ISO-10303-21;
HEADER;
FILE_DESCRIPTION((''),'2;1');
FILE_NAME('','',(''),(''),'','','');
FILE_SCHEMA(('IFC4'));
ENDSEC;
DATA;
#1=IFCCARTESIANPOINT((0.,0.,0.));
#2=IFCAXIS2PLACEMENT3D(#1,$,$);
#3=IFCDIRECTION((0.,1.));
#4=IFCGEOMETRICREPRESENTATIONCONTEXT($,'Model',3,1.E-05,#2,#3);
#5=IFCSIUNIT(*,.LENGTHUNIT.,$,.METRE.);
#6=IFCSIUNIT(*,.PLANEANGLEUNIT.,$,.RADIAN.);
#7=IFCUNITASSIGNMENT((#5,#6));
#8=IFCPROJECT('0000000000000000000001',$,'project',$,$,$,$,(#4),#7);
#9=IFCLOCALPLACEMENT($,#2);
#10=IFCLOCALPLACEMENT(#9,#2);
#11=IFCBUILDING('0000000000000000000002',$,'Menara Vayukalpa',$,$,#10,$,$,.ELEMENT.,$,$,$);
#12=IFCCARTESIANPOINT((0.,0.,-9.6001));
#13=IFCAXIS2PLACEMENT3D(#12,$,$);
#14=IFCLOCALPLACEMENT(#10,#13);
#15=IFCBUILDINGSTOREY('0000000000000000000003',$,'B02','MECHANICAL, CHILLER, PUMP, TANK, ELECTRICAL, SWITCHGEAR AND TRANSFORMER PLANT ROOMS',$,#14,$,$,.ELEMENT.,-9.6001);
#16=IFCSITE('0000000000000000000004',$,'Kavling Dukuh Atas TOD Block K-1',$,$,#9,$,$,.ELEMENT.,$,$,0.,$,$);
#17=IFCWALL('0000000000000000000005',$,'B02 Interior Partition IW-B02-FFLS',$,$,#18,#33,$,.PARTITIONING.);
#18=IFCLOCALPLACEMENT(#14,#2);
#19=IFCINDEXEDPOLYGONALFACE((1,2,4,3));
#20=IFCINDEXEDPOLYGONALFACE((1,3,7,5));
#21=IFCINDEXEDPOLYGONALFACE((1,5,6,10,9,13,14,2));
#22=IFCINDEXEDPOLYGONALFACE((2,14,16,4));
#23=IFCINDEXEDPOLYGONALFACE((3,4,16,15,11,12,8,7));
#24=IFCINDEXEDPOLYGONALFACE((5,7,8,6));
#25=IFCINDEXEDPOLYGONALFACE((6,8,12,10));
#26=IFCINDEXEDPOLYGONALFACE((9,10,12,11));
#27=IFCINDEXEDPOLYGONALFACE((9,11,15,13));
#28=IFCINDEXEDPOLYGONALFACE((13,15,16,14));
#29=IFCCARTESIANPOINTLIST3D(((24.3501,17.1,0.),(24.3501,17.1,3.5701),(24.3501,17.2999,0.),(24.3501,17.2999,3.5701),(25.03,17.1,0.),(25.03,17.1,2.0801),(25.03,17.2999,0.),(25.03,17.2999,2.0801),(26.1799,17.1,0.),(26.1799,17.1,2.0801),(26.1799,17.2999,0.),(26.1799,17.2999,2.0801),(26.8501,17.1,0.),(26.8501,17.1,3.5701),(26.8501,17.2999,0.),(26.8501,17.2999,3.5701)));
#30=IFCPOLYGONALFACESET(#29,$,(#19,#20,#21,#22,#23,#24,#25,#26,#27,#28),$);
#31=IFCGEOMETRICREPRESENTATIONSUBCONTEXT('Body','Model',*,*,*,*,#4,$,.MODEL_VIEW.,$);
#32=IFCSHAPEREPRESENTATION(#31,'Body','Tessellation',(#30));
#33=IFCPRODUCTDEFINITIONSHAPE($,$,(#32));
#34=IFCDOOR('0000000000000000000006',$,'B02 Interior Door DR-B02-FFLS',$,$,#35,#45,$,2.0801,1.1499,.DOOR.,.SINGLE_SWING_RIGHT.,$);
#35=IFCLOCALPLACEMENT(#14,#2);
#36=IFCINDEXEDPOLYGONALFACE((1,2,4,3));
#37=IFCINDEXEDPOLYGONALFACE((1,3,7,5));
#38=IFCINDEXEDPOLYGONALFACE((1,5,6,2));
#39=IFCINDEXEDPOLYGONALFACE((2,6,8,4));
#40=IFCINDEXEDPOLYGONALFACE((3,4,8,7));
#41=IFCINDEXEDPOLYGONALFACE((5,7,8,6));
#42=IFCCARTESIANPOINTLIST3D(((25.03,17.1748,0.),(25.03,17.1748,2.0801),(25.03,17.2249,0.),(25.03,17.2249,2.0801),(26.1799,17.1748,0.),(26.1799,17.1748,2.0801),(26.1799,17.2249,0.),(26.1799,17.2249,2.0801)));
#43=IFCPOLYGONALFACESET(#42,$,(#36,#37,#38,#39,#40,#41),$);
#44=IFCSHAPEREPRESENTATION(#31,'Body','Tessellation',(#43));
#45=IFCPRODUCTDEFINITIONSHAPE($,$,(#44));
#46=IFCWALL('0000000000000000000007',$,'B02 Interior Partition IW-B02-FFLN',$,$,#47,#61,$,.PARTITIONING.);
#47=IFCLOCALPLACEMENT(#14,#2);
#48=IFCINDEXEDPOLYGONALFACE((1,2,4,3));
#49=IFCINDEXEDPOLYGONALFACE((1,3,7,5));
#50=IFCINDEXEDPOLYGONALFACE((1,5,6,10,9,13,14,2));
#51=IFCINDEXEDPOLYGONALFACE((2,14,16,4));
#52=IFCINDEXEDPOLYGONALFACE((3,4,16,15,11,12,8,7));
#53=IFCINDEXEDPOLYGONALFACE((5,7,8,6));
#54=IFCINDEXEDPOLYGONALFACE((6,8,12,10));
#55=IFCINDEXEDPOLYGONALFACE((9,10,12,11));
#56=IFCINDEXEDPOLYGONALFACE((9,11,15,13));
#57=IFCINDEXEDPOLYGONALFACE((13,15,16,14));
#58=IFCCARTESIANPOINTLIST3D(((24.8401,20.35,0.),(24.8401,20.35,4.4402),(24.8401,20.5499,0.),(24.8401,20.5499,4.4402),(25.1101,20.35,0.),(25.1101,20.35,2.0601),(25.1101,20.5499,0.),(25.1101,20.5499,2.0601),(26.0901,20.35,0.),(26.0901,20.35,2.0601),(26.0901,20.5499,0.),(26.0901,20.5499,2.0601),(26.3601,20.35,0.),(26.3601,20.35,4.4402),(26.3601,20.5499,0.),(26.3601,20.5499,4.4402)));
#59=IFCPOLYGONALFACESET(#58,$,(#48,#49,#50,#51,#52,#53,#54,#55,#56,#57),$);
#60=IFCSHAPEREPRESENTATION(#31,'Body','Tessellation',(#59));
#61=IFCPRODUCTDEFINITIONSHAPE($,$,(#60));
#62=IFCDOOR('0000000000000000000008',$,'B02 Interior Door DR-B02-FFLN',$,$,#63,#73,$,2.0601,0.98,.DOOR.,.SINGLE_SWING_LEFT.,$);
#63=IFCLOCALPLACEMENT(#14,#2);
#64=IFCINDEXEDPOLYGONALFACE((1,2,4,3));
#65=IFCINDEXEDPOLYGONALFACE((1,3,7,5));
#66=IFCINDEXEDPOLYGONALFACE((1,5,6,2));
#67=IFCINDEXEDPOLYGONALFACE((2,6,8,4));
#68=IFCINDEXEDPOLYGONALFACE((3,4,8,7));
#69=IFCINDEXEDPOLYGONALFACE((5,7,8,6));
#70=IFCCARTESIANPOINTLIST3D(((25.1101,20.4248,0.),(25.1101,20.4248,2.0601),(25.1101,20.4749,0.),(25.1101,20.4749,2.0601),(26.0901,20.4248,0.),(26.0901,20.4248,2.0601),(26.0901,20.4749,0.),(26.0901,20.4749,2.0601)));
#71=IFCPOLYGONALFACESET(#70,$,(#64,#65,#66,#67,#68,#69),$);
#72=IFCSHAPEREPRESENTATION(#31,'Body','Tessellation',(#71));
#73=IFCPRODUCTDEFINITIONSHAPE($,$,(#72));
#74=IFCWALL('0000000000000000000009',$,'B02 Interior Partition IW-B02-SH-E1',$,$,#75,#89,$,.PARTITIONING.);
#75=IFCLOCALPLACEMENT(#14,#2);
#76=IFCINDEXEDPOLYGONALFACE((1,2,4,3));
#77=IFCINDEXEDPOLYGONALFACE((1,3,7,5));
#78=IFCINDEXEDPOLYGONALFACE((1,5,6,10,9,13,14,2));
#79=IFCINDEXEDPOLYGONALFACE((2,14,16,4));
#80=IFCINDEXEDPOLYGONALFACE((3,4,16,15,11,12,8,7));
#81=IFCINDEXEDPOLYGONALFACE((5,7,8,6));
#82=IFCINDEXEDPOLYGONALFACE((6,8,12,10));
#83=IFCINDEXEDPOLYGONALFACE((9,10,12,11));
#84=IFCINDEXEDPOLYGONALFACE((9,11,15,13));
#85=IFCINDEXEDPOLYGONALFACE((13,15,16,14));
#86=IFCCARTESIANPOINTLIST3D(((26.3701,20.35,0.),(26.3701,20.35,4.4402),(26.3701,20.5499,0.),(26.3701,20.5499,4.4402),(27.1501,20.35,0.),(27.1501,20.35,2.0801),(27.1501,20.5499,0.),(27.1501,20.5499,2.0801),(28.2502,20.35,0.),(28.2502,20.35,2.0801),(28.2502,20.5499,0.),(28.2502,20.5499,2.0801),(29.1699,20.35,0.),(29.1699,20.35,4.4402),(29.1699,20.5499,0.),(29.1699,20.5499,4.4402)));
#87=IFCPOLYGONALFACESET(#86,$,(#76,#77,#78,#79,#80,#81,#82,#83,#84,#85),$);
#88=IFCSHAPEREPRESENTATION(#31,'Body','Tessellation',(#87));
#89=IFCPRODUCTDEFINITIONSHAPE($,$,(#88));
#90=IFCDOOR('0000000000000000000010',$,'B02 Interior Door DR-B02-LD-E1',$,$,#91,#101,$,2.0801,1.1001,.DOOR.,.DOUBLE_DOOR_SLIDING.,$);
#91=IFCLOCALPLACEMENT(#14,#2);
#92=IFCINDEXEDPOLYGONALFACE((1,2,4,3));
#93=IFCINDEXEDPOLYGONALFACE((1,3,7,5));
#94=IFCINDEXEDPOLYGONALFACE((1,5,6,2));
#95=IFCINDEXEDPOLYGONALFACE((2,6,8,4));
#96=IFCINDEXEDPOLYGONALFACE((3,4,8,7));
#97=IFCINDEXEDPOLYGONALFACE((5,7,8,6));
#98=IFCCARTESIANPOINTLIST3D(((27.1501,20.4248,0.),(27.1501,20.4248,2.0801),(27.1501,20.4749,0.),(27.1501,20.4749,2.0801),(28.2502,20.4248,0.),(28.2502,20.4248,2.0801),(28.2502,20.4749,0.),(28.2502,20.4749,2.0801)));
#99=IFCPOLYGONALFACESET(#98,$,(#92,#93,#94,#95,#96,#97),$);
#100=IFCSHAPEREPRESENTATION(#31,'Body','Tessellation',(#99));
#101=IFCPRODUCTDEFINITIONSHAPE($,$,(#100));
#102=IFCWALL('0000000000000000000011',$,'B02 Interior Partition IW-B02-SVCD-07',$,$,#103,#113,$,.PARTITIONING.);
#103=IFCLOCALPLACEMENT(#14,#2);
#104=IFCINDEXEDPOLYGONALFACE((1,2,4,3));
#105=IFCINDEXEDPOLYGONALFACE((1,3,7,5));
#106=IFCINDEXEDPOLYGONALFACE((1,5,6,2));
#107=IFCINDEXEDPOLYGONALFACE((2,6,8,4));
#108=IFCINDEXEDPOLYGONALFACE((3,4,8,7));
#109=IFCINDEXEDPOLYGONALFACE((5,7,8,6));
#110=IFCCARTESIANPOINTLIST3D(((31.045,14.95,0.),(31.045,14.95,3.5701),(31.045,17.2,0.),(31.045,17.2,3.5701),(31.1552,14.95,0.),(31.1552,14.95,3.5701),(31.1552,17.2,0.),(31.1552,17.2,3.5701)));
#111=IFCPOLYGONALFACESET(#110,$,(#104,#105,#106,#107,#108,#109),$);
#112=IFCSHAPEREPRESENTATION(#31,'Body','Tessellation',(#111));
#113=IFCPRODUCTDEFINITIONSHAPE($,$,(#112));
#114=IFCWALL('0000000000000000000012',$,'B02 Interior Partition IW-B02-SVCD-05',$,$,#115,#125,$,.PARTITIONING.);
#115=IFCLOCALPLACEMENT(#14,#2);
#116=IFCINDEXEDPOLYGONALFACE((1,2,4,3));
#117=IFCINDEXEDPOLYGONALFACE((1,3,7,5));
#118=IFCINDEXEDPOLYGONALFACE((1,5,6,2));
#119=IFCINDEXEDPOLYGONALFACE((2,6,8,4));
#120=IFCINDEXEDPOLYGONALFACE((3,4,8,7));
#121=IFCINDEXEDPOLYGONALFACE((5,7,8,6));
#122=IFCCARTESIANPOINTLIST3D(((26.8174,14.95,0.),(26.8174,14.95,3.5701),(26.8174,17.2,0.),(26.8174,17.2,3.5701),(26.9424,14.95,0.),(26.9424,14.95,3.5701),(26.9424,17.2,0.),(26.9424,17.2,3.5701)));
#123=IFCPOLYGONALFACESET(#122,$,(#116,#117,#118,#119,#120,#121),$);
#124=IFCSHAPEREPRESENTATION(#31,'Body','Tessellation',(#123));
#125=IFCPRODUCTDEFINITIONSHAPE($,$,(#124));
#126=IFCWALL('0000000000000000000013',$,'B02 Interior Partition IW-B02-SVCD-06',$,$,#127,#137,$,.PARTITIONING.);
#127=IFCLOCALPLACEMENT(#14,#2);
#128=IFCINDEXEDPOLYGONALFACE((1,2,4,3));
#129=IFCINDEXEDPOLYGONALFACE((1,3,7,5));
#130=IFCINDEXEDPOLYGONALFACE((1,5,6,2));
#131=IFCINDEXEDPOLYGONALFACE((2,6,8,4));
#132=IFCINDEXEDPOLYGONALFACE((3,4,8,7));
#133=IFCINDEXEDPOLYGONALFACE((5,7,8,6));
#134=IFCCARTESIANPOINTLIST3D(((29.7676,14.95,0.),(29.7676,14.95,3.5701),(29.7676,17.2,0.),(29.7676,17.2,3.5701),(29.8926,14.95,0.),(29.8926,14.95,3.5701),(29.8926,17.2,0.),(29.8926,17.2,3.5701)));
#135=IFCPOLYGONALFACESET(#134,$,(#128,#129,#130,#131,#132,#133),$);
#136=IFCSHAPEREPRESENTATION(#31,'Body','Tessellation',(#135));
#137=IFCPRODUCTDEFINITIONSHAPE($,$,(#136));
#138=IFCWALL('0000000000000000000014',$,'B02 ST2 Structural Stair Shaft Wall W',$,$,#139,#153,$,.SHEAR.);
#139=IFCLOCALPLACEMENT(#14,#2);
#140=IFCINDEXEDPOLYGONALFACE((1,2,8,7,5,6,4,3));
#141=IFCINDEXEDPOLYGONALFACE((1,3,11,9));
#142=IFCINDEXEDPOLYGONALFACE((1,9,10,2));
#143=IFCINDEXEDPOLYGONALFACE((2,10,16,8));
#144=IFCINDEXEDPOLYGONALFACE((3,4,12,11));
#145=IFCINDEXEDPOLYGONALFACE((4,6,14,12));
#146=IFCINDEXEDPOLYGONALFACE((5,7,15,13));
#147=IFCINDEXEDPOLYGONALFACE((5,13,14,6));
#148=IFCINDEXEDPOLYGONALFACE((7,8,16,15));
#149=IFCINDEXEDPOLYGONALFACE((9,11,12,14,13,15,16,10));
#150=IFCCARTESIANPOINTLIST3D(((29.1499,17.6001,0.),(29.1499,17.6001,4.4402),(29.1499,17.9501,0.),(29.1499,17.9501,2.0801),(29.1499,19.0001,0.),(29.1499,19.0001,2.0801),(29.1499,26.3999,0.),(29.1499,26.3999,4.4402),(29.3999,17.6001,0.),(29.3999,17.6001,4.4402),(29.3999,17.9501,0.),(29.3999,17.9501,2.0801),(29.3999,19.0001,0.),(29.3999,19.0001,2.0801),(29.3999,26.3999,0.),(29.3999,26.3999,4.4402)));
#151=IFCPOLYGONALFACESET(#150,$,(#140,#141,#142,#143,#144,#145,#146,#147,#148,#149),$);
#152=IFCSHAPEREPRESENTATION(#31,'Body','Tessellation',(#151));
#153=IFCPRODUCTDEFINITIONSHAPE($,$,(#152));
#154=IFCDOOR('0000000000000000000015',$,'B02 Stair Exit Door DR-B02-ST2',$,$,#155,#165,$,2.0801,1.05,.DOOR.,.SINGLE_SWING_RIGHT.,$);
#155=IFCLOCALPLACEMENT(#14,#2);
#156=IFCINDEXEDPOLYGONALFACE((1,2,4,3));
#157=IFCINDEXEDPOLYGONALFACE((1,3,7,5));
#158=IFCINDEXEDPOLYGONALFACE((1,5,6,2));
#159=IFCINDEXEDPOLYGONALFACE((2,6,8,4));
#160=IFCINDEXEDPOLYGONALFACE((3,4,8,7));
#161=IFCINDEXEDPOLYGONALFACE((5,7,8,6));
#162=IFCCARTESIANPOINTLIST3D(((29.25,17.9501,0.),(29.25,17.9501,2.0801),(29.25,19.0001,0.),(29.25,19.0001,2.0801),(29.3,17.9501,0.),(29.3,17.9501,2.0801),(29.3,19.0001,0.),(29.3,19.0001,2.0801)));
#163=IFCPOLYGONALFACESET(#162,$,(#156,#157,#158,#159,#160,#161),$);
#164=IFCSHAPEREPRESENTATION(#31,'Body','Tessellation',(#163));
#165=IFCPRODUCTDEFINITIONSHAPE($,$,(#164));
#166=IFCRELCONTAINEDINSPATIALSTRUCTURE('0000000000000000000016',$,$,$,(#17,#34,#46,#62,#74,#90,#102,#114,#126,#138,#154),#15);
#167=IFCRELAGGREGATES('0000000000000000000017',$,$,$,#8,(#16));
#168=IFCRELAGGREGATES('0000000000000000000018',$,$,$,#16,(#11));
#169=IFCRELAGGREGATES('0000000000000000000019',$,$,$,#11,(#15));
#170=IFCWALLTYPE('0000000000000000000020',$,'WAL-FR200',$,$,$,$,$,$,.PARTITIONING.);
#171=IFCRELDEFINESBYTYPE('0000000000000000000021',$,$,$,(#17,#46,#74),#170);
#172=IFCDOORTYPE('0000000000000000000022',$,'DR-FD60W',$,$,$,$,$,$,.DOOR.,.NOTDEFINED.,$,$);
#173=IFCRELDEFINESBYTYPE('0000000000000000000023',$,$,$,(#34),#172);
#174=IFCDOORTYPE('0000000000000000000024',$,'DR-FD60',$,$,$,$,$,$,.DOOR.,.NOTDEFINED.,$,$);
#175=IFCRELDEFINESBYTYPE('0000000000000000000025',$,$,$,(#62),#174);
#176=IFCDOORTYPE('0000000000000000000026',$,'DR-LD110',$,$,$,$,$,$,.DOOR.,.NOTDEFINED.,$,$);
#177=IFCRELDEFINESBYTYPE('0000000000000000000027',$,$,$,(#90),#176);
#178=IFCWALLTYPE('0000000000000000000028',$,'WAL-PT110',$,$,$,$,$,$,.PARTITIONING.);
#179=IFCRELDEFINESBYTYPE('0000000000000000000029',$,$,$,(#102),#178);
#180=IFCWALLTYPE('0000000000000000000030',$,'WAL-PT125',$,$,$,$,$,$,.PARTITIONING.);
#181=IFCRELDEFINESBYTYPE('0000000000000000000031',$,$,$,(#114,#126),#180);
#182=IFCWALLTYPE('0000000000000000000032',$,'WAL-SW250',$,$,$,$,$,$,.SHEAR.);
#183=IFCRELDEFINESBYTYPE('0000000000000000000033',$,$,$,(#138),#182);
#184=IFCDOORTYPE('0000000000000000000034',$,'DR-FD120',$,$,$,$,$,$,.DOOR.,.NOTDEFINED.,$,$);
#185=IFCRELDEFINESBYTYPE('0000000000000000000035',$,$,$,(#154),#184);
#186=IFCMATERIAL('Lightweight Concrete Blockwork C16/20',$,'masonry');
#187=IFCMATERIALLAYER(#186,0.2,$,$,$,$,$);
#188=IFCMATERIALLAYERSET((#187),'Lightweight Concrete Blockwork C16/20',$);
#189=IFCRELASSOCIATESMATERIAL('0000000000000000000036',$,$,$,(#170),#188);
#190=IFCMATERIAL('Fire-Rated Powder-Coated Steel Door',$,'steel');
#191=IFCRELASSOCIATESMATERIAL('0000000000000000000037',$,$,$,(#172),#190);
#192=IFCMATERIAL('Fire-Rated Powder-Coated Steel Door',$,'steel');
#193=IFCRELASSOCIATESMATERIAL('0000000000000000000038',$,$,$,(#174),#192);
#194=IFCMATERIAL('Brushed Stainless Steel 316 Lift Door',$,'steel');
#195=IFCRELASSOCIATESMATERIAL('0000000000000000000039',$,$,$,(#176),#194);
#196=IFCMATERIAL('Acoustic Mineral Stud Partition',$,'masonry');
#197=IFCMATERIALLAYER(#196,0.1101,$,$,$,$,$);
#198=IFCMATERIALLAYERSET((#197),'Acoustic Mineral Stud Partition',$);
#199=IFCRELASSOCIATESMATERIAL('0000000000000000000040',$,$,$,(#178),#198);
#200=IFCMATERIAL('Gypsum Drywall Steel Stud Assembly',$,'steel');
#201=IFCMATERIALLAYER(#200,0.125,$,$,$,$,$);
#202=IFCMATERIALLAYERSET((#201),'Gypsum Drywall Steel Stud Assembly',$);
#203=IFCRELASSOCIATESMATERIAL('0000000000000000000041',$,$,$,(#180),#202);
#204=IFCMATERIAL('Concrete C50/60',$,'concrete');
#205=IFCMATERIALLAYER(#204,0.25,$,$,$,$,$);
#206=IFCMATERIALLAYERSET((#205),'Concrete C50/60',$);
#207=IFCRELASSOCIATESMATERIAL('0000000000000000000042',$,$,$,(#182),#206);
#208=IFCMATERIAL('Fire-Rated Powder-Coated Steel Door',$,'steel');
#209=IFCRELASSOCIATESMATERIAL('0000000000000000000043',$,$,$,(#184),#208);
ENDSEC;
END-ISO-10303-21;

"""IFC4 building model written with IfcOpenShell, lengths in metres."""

from ifc_helpers import new_model, si_unit, direction, frame, frame_2d, origin, place, context, subcontext, project, spatial, rectangle, extrude, material, layer, layer_set, type_object, element, fill, save


model = new_model("IFC4")

# Units and contexts
model_context = context("Model", 3, precision=1e-05, world=origin(), true_north=direction((0.0, 1.0)))
body_context = subcontext(model_context, "Body", "Model", "MODEL_VIEW")
ifc_project = project(units=[si_unit("LENGTHUNIT", "METRE"), si_unit("PLANEANGLEUNIT", "RADIAN")], contexts=[model_context])

# Site, building, storey
site_placement = place(None, origin())
site = spatial("IfcSite", under=ifc_project, at=site_placement, Name="Kavling Dukuh Atas TOD Block K-1", CompositionType="ELEMENT", RefElevation=0.0)
building_placement = place(site_placement, origin())
building = spatial("IfcBuilding", under=site, at=building_placement, Name="Menara Vayukalpa", CompositionType="ELEMENT")
storey_placement = place(building_placement, frame((0.0, 0.0, -9.6001)))
storey = spatial("IfcBuildingStorey", under=building, at=storey_placement, Name="B02", Description="MECHANICAL, CHILLER, PUMP, TANK, ELECTRICAL, SWITCHGEAR AND TRANSFORMER PLANT ROOMS", CompositionType="ELEMENT", Elevation=-9.6001)

# Walls, openings, doors
ifc_material_1 = material(Name="Lightweight Concrete Blockwork C16/20", Category="masonry")
ifc_layer_1 = layer(ifc_material_1, 0.2)
ifc_layer_set_1 = layer_set([ifc_layer_1], Name="Lightweight Concrete Blockwork C16/20")
wall_type_1 = type_object("IfcWallType", Name="WAL-FR200", PredefinedType="PARTITIONING", material=ifc_layer_set_1)
wall_1_placement = place(storey_placement, frame((24.3501, 17.2, 0.0), z_axis=(0.0, 0.0, 1.0), x_axis=(1.0, 0.0, 0.0)))
wall_1 = element("IfcWall", 1, at=wall_1_placement, inside=storey, type_object=wall_type_1, Name="B02 Interior Partition IW-B02-FFLS", PredefinedType="PARTITIONING", context=body_context, shape_type="SweptSolid", body=[
    extrude(rectangle(XDim=2.5, YDim=0.2, at=frame_2d((1.25, 0.0))), origin(), (0.0, 0.0, 1.0), 3.5701),
])
opening_1_placement = place(wall_1_placement, frame((0.6799, 0.0, 0.0)))
opening_1 = element("IfcOpeningElement", 2, at=opening_1_placement, cuts=wall_1, PredefinedType="OPENING", context=body_context, shape_type="SweptSolid", body=[
    extrude(rectangle(XDim=1.1499, YDim=2.0801, at=frame_2d((0.575, 1.04))), frame((0.0, 0.1099, 0.0), z_axis=(0.0, -1.0, 0.0), x_axis=(1.0, 0.0, 0.0)), (0.0, 0.0, 1.0), 0.22),
])
ifc_material_2 = material(Name="Fire-Rated Powder-Coated Steel Door", Category="steel")
door_type_1 = type_object("IfcDoorType", Name="DR-FD60W", OperationType="NOTDEFINED", PredefinedType="DOOR", material=ifc_material_2)
door_1_placement = place(opening_1_placement, origin())
door_1 = element("IfcDoor", 3, at=door_1_placement, inside=storey, type_object=door_type_1, Name="B02 Interior Door DR-B02-FFLS", OperationType="SINGLE_SWING_RIGHT", OverallHeight=2.0801, OverallWidth=1.1499, PredefinedType="DOOR", context=body_context, shape_type="SweptSolid", body=[
    extrude(rectangle(XDim=1.1499, YDim=2.0801, at=frame_2d((0.575, 1.04))), frame((0.0, 0.0249, 0.0), z_axis=(0.0, -1.0, 0.0), x_axis=(1.0, 0.0, 0.0)), (0.0, 0.0, 1.0), 0.05),
])
fill(opening_1, door_1)
wall_2_placement = place(storey_placement, frame((24.8401, 20.45, 0.0), z_axis=(0.0, 0.0, 1.0), x_axis=(1.0, 0.0, 0.0)))
wall_2 = element("IfcWall", 4, at=wall_2_placement, inside=storey, type_object=wall_type_1, Name="B02 Interior Partition IW-B02-FFLN", PredefinedType="PARTITIONING", context=body_context, shape_type="SweptSolid", body=[
    extrude(rectangle(XDim=1.52, YDim=0.2, at=frame_2d((0.76, 0.0))), origin(), (0.0, 0.0, 1.0), 4.4402),
])
opening_2_placement = place(wall_2_placement, frame((0.27, 0.0, 0.0)))
opening_2 = element("IfcOpeningElement", 5, at=opening_2_placement, cuts=wall_2, PredefinedType="OPENING", context=body_context, shape_type="SweptSolid", body=[
    extrude(rectangle(XDim=0.98, YDim=2.0601, at=frame_2d((0.49, 1.03))), frame((0.0, 0.1099, 0.0), z_axis=(0.0, -1.0, 0.0), x_axis=(1.0, 0.0, 0.0)), (0.0, 0.0, 1.0), 0.22),
])
ifc_material_3 = material(Name="Fire-Rated Powder-Coated Steel Door", Category="steel")
door_type_2 = type_object("IfcDoorType", Name="DR-FD60", OperationType="NOTDEFINED", PredefinedType="DOOR", material=ifc_material_3)
door_2_placement = place(opening_2_placement, origin())
door_2 = element("IfcDoor", 6, at=door_2_placement, inside=storey, type_object=door_type_2, Name="B02 Interior Door DR-B02-FFLN", OperationType="SINGLE_SWING_LEFT", OverallHeight=2.0601, OverallWidth=0.98, PredefinedType="DOOR", context=body_context, shape_type="SweptSolid", body=[
    extrude(rectangle(XDim=0.98, YDim=2.0601, at=frame_2d((0.49, 1.03))), frame((0.0, 0.0249, 0.0), z_axis=(0.0, -1.0, 0.0), x_axis=(1.0, 0.0, 0.0)), (0.0, 0.0, 1.0), 0.05),
])
fill(opening_2, door_2)
wall_3_placement = place(storey_placement, frame((26.3701, 20.45, 0.0), z_axis=(0.0, 0.0, 1.0), x_axis=(1.0, 0.0, 0.0)))
wall_3 = element("IfcWall", 7, at=wall_3_placement, inside=storey, type_object=wall_type_1, Name="B02 Interior Partition IW-B02-SH-E1", PredefinedType="PARTITIONING", context=body_context, shape_type="SweptSolid", body=[
    extrude(rectangle(XDim=2.7998, YDim=0.2, at=frame_2d((1.3999, 0.0))), origin(), (0.0, 0.0, 1.0), 4.4402),
])
opening_3_placement = place(wall_3_placement, frame((0.78, 0.0, 0.0)))
opening_3 = element("IfcOpeningElement", 8, at=opening_3_placement, cuts=wall_3, PredefinedType="OPENING", context=body_context, shape_type="SweptSolid", body=[
    extrude(rectangle(XDim=1.1001, YDim=2.0801, at=frame_2d((0.55, 1.04))), frame((0.0, 0.1099, 0.0), z_axis=(0.0, -1.0, 0.0), x_axis=(1.0, 0.0, 0.0)), (0.0, 0.0, 1.0), 0.22),
])
ifc_material_4 = material(Name="Brushed Stainless Steel 316 Lift Door", Category="steel")
door_type_3 = type_object("IfcDoorType", Name="DR-LD110", OperationType="NOTDEFINED", PredefinedType="DOOR", material=ifc_material_4)
door_3_placement = place(opening_3_placement, origin())
door_3 = element("IfcDoor", 9, at=door_3_placement, inside=storey, type_object=door_type_3, Name="B02 Interior Door DR-B02-LD-E1", OperationType="DOUBLE_DOOR_SLIDING", OverallHeight=2.0801, OverallWidth=1.1001, PredefinedType="DOOR", context=body_context, shape_type="SweptSolid", body=[
    extrude(rectangle(XDim=1.1001, YDim=2.0801, at=frame_2d((0.55, 1.04))), frame((0.0, 0.0249, 0.0), z_axis=(0.0, -1.0, 0.0), x_axis=(1.0, 0.0, 0.0)), (0.0, 0.0, 1.0), 0.05),
])
fill(opening_3, door_3)

# Walls
ifc_material_5 = material(Name="Acoustic Mineral Stud Partition", Category="masonry")
ifc_layer_2 = layer(ifc_material_5, 0.1101)
ifc_layer_set_2 = layer_set([ifc_layer_2], Name="Acoustic Mineral Stud Partition")
wall_type_2 = type_object("IfcWallType", Name="WAL-PT110", PredefinedType="PARTITIONING", material=ifc_layer_set_2)
wall_4_placement = place(storey_placement, frame((31.1001, 14.95, 0.0), z_axis=(0.0, 0.0, 1.0), x_axis=(0.0, 1.0, 0.0)))
element("IfcWall", 10, at=wall_4_placement, inside=storey, type_object=wall_type_2, Name="B02 Interior Partition IW-B02-SVCD-07", PredefinedType="PARTITIONING", context=body_context, shape_type="SweptSolid", body=[
    extrude(rectangle(XDim=2.25, YDim=0.1101, at=frame_2d((1.125, 0.0))), origin(), (0.0, 0.0, 1.0), 3.5701),
])
ifc_material_6 = material(Name="Gypsum Drywall Steel Stud Assembly", Category="steel")
ifc_layer_3 = layer(ifc_material_6, 0.125)
ifc_layer_set_3 = layer_set([ifc_layer_3], Name="Gypsum Drywall Steel Stud Assembly")
wall_type_3 = type_object("IfcWallType", Name="WAL-PT125", PredefinedType="PARTITIONING", material=ifc_layer_set_3)
for number, where, z_axis, x_axis, name in (
    (11, (26.8799, 14.95, 0.0), (0.0, 0.0, 1.0), (0.0, 1.0, 0.0), "B02 Interior Partition IW-B02-SVCD-05"),
    (12, (29.8301, 14.95, 0.0), (0.0, 0.0, 1.0), (0.0, 1.0, 0.0), "B02 Interior Partition IW-B02-SVCD-06"),
):
    element("IfcWall", number, at=place(storey_placement, frame(where, z_axis=z_axis, x_axis=x_axis)), inside=storey, type_object=wall_type_3, Name=name, PredefinedType="PARTITIONING", context=body_context, shape_type="SweptSolid", body=[
        extrude(rectangle(XDim=2.25, YDim=0.125, at=frame_2d((1.125, 0.0))), origin(), (0.0, 0.0, 1.0), 3.5701),
    ])

# Wall, opening, door
ifc_material_7 = material(Name="Concrete C50/60", Category="concrete")
ifc_layer_4 = layer(ifc_material_7, 0.25)
ifc_layer_set_4 = layer_set([ifc_layer_4], Name="Concrete C50/60")
wall_type_4 = type_object("IfcWallType", Name="WAL-SW250", PredefinedType="SHEAR", material=ifc_layer_set_4)
wall_5_placement = place(storey_placement, frame((29.2749, 17.6001, 0.0), z_axis=(0.0, 0.0, 1.0), x_axis=(0.0, 1.0, 0.0)))
wall_5 = element("IfcWall", 13, at=wall_5_placement, inside=storey, type_object=wall_type_4, Name="B02 ST2 Structural Stair Shaft Wall W", PredefinedType="SHEAR", context=body_context, shape_type="SweptSolid", body=[
    extrude(rectangle(XDim=8.7998, YDim=0.25, at=frame_2d((4.3999, 0.0))), origin(), (0.0, 0.0, 1.0), 4.4402),
])
opening_4_placement = place(wall_5_placement, frame((0.3501, 0.0, 0.0)))
opening_4 = element("IfcOpeningElement", 14, at=opening_4_placement, cuts=wall_5, PredefinedType="OPENING", context=body_context, shape_type="SweptSolid", body=[
    extrude(rectangle(XDim=1.05, YDim=2.0801, at=frame_2d((0.5249, 1.04))), frame((0.0, 0.135, 0.0), z_axis=(0.0, -1.0, 0.0), x_axis=(1.0, 0.0, 0.0)), (0.0, 0.0, 1.0), 0.27),
])
ifc_material_8 = material(Name="Fire-Rated Powder-Coated Steel Door", Category="steel")
door_type_4 = type_object("IfcDoorType", Name="DR-FD120", OperationType="NOTDEFINED", PredefinedType="DOOR", material=ifc_material_8)
door_4_placement = place(opening_4_placement, origin())
door_4 = element("IfcDoor", 15, at=door_4_placement, inside=storey, type_object=door_type_4, Name="B02 Stair Exit Door DR-B02-ST2", OperationType="SINGLE_SWING_RIGHT", OverallHeight=2.0801, OverallWidth=1.05, PredefinedType="DOOR", context=body_context, shape_type="SweptSolid", body=[
    extrude(rectangle(XDim=1.05, YDim=2.0801, at=frame_2d((0.5249, 1.04))), frame((0.0, 0.0249, 0.0), z_axis=(0.0, -1.0, 0.0), x_axis=(1.0, 0.0, 0.0)), (0.0, 0.0, 1.0), 0.05),
])
fill(opening_4, door_4)

save(model, "model.ifc")
